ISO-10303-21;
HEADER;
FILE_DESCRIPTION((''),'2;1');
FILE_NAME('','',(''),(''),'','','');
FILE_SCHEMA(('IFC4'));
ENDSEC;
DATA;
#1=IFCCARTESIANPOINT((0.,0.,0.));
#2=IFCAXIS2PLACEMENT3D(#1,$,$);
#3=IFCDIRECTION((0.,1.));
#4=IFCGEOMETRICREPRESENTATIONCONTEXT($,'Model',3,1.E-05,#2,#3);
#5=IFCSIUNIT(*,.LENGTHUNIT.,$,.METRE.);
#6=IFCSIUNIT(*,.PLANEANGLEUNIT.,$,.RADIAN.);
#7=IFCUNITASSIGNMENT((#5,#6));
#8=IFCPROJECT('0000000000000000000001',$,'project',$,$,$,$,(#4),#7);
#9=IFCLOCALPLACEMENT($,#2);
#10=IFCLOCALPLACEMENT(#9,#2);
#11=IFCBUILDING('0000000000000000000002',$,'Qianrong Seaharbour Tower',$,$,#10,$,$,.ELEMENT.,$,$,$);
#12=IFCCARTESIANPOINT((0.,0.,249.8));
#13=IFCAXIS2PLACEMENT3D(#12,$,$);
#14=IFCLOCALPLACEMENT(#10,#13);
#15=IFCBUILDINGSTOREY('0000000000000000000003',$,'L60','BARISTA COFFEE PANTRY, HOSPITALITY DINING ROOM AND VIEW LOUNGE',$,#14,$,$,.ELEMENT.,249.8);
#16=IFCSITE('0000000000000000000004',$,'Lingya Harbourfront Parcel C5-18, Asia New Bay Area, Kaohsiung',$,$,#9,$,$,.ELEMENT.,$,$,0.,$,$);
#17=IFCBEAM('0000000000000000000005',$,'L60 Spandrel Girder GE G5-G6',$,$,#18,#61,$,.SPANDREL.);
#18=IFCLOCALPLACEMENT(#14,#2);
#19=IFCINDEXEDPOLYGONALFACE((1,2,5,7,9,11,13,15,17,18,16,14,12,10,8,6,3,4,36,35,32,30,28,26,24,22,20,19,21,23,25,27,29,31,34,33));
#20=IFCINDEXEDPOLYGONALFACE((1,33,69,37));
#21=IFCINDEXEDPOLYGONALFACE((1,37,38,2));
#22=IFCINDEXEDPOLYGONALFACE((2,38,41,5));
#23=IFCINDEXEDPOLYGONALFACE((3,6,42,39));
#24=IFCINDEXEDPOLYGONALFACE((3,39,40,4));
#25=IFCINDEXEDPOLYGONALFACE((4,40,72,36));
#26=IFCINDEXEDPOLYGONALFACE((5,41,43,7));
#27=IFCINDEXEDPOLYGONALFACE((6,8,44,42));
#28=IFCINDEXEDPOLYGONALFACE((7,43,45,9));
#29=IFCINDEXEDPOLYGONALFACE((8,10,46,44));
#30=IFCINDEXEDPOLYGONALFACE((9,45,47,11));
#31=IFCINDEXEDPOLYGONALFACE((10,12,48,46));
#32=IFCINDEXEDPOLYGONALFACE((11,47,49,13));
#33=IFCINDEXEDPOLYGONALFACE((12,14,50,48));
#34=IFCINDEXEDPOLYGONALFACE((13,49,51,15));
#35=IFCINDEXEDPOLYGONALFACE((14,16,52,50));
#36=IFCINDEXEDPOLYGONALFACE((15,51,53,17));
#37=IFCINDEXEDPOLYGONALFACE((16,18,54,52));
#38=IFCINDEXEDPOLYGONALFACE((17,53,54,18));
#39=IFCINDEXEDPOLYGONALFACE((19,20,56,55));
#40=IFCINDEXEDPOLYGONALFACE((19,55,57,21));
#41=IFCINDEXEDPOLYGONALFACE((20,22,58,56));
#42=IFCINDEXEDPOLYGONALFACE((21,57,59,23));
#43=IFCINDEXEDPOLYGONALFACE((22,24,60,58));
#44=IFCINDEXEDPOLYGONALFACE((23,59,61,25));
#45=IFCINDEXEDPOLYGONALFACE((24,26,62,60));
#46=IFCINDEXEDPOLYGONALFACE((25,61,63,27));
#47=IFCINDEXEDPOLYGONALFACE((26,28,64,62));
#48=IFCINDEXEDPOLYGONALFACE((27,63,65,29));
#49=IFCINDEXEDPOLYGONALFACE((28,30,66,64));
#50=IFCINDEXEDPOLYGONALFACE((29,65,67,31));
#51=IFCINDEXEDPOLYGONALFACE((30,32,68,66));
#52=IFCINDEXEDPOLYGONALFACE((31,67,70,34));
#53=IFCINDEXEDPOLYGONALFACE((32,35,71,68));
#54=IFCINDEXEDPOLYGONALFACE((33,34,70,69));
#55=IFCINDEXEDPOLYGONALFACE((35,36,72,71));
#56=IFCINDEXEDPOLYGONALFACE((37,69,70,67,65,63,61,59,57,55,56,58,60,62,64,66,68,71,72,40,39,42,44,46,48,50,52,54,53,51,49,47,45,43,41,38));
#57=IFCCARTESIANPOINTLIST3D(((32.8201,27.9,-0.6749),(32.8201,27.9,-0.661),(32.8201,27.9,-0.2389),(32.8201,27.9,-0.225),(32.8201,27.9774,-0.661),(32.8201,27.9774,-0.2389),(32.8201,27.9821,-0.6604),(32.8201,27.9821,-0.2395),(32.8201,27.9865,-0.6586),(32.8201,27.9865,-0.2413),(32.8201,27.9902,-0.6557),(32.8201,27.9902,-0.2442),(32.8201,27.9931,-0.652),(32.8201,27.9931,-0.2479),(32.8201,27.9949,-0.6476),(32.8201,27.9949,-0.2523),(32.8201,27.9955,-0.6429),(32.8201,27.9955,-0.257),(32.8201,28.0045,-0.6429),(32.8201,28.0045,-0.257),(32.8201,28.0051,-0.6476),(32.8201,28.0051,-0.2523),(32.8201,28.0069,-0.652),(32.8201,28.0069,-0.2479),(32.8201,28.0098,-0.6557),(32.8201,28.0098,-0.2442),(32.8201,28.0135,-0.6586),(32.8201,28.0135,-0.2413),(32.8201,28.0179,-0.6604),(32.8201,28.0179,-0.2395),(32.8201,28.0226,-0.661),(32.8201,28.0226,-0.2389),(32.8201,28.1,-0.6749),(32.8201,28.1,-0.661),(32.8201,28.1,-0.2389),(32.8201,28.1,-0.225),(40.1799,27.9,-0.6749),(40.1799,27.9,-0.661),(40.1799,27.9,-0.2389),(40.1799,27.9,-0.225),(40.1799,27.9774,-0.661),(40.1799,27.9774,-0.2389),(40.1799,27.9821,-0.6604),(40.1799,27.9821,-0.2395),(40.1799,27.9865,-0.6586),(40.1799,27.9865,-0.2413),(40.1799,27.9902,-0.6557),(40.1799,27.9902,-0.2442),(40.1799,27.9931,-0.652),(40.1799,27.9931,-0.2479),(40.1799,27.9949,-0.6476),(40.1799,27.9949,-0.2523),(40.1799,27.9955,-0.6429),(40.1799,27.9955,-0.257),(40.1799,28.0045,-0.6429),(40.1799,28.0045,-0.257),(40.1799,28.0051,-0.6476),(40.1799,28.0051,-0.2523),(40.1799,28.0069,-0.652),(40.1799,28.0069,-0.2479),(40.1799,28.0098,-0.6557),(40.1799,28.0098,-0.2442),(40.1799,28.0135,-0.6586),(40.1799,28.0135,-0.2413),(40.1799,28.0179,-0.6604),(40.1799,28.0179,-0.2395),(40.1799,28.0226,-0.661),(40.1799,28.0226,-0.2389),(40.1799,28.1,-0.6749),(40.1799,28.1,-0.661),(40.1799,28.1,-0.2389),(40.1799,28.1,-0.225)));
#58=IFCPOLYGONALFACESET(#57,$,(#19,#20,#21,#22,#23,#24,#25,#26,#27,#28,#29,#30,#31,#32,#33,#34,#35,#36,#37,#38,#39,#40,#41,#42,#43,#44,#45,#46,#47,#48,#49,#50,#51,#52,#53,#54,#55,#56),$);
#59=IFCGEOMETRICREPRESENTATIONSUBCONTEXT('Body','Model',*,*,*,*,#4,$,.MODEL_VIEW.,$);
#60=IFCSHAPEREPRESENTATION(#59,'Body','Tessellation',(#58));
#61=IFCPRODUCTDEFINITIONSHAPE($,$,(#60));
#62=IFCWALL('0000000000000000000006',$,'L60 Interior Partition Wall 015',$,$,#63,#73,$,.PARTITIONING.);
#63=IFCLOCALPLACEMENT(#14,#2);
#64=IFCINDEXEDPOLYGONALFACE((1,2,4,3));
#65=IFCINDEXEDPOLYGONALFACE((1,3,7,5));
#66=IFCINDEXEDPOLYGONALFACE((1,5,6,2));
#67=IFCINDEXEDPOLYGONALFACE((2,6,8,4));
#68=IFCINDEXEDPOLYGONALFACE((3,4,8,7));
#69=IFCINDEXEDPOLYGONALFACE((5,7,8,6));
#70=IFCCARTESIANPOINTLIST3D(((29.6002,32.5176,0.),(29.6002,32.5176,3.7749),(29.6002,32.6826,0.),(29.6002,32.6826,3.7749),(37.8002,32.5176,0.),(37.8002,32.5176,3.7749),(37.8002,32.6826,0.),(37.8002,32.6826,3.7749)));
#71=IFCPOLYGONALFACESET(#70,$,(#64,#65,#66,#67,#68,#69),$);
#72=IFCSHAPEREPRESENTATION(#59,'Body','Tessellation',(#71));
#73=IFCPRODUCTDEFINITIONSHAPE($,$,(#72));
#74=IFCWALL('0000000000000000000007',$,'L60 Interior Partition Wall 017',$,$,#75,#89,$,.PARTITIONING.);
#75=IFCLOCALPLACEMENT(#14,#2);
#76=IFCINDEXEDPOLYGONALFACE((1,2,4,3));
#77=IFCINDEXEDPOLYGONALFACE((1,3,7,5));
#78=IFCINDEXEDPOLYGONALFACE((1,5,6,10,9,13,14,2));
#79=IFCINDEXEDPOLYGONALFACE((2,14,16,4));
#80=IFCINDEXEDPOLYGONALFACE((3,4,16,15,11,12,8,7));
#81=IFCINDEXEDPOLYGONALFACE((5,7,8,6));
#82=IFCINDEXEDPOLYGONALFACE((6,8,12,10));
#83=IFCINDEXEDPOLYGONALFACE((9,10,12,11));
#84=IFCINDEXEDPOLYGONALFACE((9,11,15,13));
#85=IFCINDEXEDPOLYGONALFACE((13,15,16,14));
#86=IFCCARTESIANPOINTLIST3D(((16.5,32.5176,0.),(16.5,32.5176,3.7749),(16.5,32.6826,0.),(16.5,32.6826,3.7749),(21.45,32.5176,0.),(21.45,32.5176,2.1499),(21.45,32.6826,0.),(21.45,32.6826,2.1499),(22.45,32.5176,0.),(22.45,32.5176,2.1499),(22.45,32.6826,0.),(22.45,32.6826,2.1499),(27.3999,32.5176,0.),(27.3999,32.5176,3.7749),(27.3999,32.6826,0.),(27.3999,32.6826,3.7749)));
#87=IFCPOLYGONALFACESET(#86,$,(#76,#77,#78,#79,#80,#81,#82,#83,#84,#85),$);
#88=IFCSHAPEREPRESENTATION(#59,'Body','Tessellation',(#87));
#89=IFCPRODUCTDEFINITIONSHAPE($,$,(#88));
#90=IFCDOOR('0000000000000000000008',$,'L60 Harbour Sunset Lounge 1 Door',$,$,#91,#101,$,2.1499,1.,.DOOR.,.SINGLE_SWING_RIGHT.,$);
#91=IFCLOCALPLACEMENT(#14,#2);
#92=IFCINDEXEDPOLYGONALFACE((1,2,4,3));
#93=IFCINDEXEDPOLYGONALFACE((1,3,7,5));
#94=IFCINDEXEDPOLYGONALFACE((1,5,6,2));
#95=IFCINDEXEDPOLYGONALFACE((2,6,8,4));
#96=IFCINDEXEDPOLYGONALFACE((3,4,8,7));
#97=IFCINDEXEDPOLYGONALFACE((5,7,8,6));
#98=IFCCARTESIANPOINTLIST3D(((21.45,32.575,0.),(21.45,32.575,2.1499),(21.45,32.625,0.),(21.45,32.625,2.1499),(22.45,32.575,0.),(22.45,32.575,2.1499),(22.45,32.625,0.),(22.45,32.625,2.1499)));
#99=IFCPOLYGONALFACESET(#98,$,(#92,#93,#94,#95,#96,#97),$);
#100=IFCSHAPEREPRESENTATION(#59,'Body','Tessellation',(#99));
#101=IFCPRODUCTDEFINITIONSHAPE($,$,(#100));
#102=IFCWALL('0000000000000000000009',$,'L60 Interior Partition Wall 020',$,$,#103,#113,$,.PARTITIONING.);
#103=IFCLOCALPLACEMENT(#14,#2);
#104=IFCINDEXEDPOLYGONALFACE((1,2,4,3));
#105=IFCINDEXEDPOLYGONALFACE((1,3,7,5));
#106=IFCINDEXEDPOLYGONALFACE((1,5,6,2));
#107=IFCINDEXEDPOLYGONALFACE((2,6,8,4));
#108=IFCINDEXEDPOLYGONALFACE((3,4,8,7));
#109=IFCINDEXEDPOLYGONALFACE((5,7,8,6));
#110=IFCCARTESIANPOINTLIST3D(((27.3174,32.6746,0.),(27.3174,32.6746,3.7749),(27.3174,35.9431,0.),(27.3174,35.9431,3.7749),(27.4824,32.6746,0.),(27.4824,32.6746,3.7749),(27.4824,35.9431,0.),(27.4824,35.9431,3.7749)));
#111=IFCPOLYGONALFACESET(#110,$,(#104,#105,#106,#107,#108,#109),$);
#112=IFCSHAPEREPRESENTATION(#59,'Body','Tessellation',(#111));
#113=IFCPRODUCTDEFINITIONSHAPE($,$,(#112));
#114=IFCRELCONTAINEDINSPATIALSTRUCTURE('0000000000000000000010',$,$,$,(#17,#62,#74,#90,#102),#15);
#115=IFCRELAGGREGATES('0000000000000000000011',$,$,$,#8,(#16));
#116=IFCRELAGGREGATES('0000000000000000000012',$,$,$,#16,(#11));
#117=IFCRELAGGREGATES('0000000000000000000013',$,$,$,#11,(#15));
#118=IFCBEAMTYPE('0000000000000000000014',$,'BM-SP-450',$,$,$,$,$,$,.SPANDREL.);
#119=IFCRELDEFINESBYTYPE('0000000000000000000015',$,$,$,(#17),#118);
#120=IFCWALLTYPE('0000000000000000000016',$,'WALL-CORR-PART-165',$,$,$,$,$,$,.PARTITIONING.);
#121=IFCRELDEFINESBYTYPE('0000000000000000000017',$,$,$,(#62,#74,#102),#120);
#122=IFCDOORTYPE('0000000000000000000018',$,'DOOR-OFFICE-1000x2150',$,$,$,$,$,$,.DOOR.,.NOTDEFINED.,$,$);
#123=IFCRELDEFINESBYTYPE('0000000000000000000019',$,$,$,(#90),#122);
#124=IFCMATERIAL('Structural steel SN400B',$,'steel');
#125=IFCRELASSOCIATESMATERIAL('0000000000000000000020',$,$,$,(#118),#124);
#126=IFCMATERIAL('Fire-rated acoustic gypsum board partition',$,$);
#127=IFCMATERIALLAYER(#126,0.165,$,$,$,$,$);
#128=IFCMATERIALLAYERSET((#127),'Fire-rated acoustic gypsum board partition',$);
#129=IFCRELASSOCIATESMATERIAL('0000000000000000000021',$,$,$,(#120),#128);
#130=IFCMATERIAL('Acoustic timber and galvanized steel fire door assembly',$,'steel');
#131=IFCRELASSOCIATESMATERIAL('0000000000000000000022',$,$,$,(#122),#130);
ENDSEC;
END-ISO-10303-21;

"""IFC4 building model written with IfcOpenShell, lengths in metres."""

from ifc_helpers import new_model, si_unit, direction, frame, frame_2d, origin, origin_2d, place, context, subcontext, project, spatial, rectangle, i_section, extrude, material, layer, layer_set, material_profile, profile_set, type_object, element, fill, save


model = new_model("IFC4")

# Units and contexts
model_context = context("Model", 3, precision=1e-05, world=origin(), true_north=direction((0.0, 1.0)))
body_context = subcontext(model_context, "Body", "Model", "MODEL_VIEW")
ifc_project = project(units=[si_unit("LENGTHUNIT", "METRE"), si_unit("PLANEANGLEUNIT", "RADIAN")], contexts=[model_context])

# Site, building, storey
site_placement = place(None, origin())
site = spatial("IfcSite", under=ifc_project, at=site_placement, Name="Lingya Harbourfront Parcel C5-18, Asia New Bay Area, Kaohsiung", CompositionType="ELEMENT", RefElevation=0.0)
building_placement = place(site_placement, origin())
building = spatial("IfcBuilding", under=site, at=building_placement, Name="Qianrong Seaharbour Tower", CompositionType="ELEMENT")
storey_placement = place(building_placement, frame((0.0, 0.0, 249.8)))
storey = spatial("IfcBuildingStorey", under=building, at=storey_placement, Name="L60", Description="BARISTA COFFEE PANTRY, HOSPITALITY DINING ROOM AND VIEW LOUNGE", CompositionType="ELEMENT", Elevation=249.8)

# Beam
ifc_material_1 = material(Name="Structural steel SN400B", Category="steel")
ifc_material_profile_1 = material_profile(ifc_material_1, i_section(OverallWidth=0.2, OverallDepth=0.45, WebThickness=0.009, FlangeThickness=0.0139, FilletRadius=0.0181, at=origin_2d()), Name="H450x200x9x14")
ifc_profile_set_1 = profile_set([ifc_material_profile_1], Name="Structural steel SN400B")
beam_type_1 = type_object("IfcBeamType", Name="BM-SP-450", PredefinedType="SPANDREL", material=ifc_profile_set_1)
for number, where, z_axis, x_axis, name in (
    (1, (32.8201, 28.0, -0.45), (1.0, 0.0, 0.0), (0.0, 1.0, 0.0), "L60 Spandrel Girder GE G5-G6"),
):
    element("IfcBeam", number, at=place(storey_placement, frame(where, z_axis=z_axis, x_axis=x_axis)), inside=storey, type_object=beam_type_1, Name=name, PredefinedType="SPANDREL", context=body_context, shape_type="SweptSolid", body=[
        extrude(i_section(OverallWidth=0.2, OverallDepth=0.45, WebThickness=0.009, FlangeThickness=0.0139, FilletRadius=0.0181, at=origin_2d()), origin(), (0.0, 0.0, 1.0), 7.3599),
    ])

# Wall
ifc_material_2 = material(Name="Fire-rated acoustic gypsum board partition")
ifc_layer = layer(ifc_material_2, 0.165)
ifc_layer_set = layer_set([ifc_layer], Name="Fire-rated acoustic gypsum board partition")
wall_type = type_object("IfcWallType", Name="WALL-CORR-PART-165", PredefinedType="PARTITIONING", material=ifc_layer_set)
wall_1_placement = place(storey_placement, frame((29.6001, 32.6001, 0.0), z_axis=(0.0, 0.0, 1.0), x_axis=(1.0, 0.0, 0.0)))
element("IfcWall", 2, at=wall_1_placement, inside=storey, type_object=wall_type, Name="L60 Interior Partition Wall 015", PredefinedType="PARTITIONING", context=body_context, shape_type="SweptSolid", body=[
    extrude(rectangle(XDim=8.2, YDim=0.165, at=frame_2d((4.1001, 0.0))), origin(), (0.0, 0.0, 1.0), 3.7749),
])

# Wall, opening, door
wall_2_placement = place(storey_placement, frame((16.5, 32.6001, 0.0), z_axis=(0.0, 0.0, 1.0), x_axis=(1.0, 0.0, 0.0)))
wall_2 = element("IfcWall", 3, at=wall_2_placement, inside=storey, type_object=wall_type, Name="L60 Interior Partition Wall 017", PredefinedType="PARTITIONING", context=body_context, shape_type="SweptSolid", body=[
    extrude(rectangle(XDim=10.8999, YDim=0.165, at=frame_2d((5.45, 0.0))), origin(), (0.0, 0.0, 1.0), 3.7749),
])
opening_placement = place(wall_2_placement, frame((4.95, 0.0, 0.0)))
opening = element("IfcOpeningElement", 4, at=opening_placement, cuts=wall_2, PredefinedType="OPENING", context=body_context, shape_type="SweptSolid", body=[
    extrude(rectangle(XDim=1.0, YDim=2.1499, at=frame_2d((0.5, 1.075))), frame((0.0, 0.0925, 0.0), z_axis=(0.0, -1.0, 0.0), x_axis=(1.0, 0.0, 0.0)), (0.0, 0.0, 1.0), 0.1851),
])
ifc_material_3 = material(Name="Acoustic timber and galvanized steel fire door assembly", Category="steel")
door_type = type_object("IfcDoorType", Name="DOOR-OFFICE-1000x2150", OperationType="NOTDEFINED", PredefinedType="DOOR", material=ifc_material_3)
door_placement = place(opening_placement, origin())
door = element("IfcDoor", 5, at=door_placement, inside=storey, type_object=door_type, Name="L60 Harbour Sunset Lounge 1 Door", OperationType="SINGLE_SWING_RIGHT", OverallHeight=2.1499, OverallWidth=1.0, PredefinedType="DOOR", context=body_context, shape_type="SweptSolid", body=[
    extrude(rectangle(XDim=1.0, YDim=2.1499, at=frame_2d((0.5, 1.075))), frame((0.0, 0.0249, 0.0), z_axis=(0.0, -1.0, 0.0), x_axis=(1.0, 0.0, 0.0)), (0.0, 0.0, 1.0), 0.05),
])
fill(opening, door)

# Wall
wall_3_placement = place(storey_placement, frame((27.3999, 32.6746, 0.0), z_axis=(0.0, 0.0, 1.0), x_axis=(0.0, 1.0, 0.0)))
element("IfcWall", 6, at=wall_3_placement, inside=storey, type_object=wall_type, Name="L60 Interior Partition Wall 020", PredefinedType="PARTITIONING", context=body_context, shape_type="SweptSolid", body=[
    extrude(rectangle(XDim=3.2686, YDim=0.165, at=frame_2d((1.6343, 0.0))), origin(), (0.0, 0.0, 1.0), 3.7749),
])

save(model, "model.ifc")
